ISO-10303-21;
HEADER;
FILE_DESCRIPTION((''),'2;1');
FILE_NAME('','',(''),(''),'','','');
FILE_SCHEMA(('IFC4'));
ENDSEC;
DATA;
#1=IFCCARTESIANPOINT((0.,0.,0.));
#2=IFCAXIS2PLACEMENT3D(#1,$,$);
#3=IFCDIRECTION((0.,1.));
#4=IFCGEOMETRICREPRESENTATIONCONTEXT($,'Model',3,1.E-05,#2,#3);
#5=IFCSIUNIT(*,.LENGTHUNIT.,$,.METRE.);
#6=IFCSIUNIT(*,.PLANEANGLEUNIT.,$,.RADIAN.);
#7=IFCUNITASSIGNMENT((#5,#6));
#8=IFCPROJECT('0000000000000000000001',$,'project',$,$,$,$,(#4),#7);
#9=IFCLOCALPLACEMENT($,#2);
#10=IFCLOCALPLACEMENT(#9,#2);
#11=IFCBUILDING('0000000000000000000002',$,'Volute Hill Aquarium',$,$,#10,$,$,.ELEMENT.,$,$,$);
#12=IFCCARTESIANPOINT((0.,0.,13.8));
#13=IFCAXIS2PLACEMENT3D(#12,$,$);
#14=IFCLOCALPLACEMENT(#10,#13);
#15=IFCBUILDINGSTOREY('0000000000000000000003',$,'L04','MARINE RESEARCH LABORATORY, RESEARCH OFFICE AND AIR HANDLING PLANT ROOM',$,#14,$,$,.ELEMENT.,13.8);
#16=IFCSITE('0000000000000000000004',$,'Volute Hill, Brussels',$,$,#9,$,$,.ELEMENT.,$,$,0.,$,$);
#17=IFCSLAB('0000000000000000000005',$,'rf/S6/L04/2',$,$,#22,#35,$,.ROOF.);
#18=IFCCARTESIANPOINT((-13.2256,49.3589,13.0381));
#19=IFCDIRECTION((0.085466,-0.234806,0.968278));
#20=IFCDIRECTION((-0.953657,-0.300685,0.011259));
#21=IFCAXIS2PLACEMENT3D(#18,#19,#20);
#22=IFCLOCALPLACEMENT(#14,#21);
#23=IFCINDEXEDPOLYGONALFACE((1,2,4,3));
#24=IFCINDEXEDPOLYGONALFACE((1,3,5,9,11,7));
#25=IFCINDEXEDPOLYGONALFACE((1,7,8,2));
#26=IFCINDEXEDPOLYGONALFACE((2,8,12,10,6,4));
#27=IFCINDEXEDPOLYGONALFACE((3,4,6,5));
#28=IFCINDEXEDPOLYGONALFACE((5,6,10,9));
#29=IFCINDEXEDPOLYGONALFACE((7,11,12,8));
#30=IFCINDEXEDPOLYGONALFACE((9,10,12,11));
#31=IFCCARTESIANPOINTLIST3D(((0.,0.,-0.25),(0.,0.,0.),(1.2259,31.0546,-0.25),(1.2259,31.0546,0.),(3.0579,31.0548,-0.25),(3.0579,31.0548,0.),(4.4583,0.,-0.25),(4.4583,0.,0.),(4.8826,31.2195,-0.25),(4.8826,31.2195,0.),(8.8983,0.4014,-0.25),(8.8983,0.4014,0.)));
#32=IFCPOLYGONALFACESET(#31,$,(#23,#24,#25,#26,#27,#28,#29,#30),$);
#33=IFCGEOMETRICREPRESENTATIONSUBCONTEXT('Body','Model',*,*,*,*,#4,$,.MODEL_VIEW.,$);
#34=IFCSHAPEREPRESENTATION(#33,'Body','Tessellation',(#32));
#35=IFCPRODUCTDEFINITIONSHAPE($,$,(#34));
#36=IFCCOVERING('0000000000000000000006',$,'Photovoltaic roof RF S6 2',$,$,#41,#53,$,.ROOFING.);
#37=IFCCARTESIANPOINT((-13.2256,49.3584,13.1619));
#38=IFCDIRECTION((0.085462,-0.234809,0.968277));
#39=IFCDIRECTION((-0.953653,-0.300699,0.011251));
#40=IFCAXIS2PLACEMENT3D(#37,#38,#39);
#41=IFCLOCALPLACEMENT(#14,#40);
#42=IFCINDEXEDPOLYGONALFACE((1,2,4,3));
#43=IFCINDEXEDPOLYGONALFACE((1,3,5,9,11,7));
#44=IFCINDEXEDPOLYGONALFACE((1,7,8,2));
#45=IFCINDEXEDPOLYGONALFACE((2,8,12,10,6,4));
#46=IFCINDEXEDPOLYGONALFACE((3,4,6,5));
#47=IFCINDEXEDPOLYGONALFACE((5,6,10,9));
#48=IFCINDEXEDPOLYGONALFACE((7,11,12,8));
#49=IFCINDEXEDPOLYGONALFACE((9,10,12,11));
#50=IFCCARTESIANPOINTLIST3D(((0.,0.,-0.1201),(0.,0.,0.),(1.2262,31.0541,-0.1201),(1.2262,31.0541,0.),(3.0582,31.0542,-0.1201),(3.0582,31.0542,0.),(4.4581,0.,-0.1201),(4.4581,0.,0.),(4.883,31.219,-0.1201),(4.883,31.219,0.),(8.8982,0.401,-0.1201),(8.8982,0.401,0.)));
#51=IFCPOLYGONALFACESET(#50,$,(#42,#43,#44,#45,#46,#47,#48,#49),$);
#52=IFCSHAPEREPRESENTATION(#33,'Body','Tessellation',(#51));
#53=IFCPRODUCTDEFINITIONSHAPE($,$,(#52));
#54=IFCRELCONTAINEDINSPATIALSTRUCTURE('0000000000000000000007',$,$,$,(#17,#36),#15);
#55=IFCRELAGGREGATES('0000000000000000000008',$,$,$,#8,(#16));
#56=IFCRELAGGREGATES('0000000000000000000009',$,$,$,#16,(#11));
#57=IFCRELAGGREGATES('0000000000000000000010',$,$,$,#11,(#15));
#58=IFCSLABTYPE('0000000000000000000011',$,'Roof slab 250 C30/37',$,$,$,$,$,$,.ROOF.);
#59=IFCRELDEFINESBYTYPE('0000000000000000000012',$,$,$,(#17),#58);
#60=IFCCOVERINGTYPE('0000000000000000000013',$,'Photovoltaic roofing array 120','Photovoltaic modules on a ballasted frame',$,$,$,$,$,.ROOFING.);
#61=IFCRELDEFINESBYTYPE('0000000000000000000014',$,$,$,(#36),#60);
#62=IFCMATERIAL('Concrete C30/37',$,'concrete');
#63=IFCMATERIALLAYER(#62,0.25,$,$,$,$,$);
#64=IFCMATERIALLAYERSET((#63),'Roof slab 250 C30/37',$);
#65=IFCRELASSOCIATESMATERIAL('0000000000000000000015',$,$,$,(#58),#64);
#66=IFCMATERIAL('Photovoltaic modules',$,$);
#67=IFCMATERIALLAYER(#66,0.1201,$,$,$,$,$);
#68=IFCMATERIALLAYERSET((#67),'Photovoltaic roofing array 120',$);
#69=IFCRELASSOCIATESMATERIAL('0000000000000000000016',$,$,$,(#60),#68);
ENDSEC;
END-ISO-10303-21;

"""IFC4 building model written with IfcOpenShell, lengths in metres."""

from ifc_helpers import new_model, si_unit, direction, frame, origin, place, context, subcontext, project, spatial, polyline, outline, extrude, material, layer, layer_set, type_object, element, save


model = new_model("IFC4")

# Units and contexts
model_context = context("Model", 3, precision=1e-05, world=origin(), true_north=direction((0.0, 1.0)))
body_context = subcontext(model_context, "Body", "Model", "MODEL_VIEW")
ifc_project = project(units=[si_unit("LENGTHUNIT", "METRE"), si_unit("PLANEANGLEUNIT", "RADIAN")], contexts=[model_context])

# Site, building, storey
site_placement = place(None, origin())
site = spatial("IfcSite", under=ifc_project, at=site_placement, Name="Volute Hill, Brussels", CompositionType="ELEMENT", RefElevation=0.0)
building_placement = place(site_placement, origin())
building = spatial("IfcBuilding", under=site, at=building_placement, Name="Volute Hill Aquarium", CompositionType="ELEMENT")
storey_placement = place(building_placement, frame((0.0, 0.0, 13.8)))
storey = spatial("IfcBuildingStorey", under=building, at=storey_placement, Name="L04", Description="MARINE RESEARCH LABORATORY, RESEARCH OFFICE AND AIR HANDLING PLANT ROOM", CompositionType="ELEMENT", Elevation=13.8)

# Slab
ifc_material_1 = material(Name="Concrete C30/37", Category="concrete")
ifc_layer_1 = layer(ifc_material_1, 0.25)
ifc_layer_set_1 = layer_set([ifc_layer_1], Name="Roof slab 250 C30/37")
slab_type = type_object("IfcSlabType", Name="Roof slab 250 C30/37", PredefinedType="ROOF", material=ifc_layer_set_1)
slab_placement = place(storey_placement, frame((-13.2256, 49.3589, 13.0381), z_axis=(0.085466, -0.234806, 0.968278), x_axis=(-0.953657, -0.300685, 0.011259)))
element("IfcSlab", 1, at=slab_placement, inside=storey, type_object=slab_type, Name="rf/S6/L04/2", PredefinedType="ROOF", context=body_context, shape_type="SweptSolid", body=[
    extrude(outline(polyline([(0.0, 0.0), (4.4583, 0.0), (8.8983, 0.4014), (4.8826, 31.2195), (3.0579, 31.0548), (1.2259, 31.0546), (0.0, 0.0)])), origin(), (0.0, 0.0, -1.0), 0.25),
])

# Covering
ifc_material_2 = material(Name="Photovoltaic modules")
ifc_layer_2 = layer(ifc_material_2, 0.1201)
ifc_layer_set_2 = layer_set([ifc_layer_2], Name="Photovoltaic roofing array 120")
covering_type_1 = type_object("IfcCoveringType", Name="Photovoltaic roofing array 120", Description="Photovoltaic modules on a ballasted frame", PredefinedType="ROOFING", material=ifc_layer_set_2)
covering_1_placement = place(storey_placement, frame((-13.2256, 49.3584, 13.1619), z_axis=(0.085462, -0.234809, 0.968277), x_axis=(-0.953653, -0.300699, 0.011251)))
element("IfcCovering", 2, at=covering_1_placement, inside=storey, type_object=covering_type_1, Name="Photovoltaic roof RF S6 2", PredefinedType="ROOFING", context=body_context, shape_type="SweptSolid", body=[
    extrude(outline(polyline([(0.0, 0.0), (4.4581, 0.0), (8.8982, 0.401), (4.883, 31.219), (3.0582, 31.0542), (1.2262, 31.0541), (0.0, 0.0)])), origin(), (0.0, 0.0, -1.0), 0.1201),
])

save(model, "model.ifc")
